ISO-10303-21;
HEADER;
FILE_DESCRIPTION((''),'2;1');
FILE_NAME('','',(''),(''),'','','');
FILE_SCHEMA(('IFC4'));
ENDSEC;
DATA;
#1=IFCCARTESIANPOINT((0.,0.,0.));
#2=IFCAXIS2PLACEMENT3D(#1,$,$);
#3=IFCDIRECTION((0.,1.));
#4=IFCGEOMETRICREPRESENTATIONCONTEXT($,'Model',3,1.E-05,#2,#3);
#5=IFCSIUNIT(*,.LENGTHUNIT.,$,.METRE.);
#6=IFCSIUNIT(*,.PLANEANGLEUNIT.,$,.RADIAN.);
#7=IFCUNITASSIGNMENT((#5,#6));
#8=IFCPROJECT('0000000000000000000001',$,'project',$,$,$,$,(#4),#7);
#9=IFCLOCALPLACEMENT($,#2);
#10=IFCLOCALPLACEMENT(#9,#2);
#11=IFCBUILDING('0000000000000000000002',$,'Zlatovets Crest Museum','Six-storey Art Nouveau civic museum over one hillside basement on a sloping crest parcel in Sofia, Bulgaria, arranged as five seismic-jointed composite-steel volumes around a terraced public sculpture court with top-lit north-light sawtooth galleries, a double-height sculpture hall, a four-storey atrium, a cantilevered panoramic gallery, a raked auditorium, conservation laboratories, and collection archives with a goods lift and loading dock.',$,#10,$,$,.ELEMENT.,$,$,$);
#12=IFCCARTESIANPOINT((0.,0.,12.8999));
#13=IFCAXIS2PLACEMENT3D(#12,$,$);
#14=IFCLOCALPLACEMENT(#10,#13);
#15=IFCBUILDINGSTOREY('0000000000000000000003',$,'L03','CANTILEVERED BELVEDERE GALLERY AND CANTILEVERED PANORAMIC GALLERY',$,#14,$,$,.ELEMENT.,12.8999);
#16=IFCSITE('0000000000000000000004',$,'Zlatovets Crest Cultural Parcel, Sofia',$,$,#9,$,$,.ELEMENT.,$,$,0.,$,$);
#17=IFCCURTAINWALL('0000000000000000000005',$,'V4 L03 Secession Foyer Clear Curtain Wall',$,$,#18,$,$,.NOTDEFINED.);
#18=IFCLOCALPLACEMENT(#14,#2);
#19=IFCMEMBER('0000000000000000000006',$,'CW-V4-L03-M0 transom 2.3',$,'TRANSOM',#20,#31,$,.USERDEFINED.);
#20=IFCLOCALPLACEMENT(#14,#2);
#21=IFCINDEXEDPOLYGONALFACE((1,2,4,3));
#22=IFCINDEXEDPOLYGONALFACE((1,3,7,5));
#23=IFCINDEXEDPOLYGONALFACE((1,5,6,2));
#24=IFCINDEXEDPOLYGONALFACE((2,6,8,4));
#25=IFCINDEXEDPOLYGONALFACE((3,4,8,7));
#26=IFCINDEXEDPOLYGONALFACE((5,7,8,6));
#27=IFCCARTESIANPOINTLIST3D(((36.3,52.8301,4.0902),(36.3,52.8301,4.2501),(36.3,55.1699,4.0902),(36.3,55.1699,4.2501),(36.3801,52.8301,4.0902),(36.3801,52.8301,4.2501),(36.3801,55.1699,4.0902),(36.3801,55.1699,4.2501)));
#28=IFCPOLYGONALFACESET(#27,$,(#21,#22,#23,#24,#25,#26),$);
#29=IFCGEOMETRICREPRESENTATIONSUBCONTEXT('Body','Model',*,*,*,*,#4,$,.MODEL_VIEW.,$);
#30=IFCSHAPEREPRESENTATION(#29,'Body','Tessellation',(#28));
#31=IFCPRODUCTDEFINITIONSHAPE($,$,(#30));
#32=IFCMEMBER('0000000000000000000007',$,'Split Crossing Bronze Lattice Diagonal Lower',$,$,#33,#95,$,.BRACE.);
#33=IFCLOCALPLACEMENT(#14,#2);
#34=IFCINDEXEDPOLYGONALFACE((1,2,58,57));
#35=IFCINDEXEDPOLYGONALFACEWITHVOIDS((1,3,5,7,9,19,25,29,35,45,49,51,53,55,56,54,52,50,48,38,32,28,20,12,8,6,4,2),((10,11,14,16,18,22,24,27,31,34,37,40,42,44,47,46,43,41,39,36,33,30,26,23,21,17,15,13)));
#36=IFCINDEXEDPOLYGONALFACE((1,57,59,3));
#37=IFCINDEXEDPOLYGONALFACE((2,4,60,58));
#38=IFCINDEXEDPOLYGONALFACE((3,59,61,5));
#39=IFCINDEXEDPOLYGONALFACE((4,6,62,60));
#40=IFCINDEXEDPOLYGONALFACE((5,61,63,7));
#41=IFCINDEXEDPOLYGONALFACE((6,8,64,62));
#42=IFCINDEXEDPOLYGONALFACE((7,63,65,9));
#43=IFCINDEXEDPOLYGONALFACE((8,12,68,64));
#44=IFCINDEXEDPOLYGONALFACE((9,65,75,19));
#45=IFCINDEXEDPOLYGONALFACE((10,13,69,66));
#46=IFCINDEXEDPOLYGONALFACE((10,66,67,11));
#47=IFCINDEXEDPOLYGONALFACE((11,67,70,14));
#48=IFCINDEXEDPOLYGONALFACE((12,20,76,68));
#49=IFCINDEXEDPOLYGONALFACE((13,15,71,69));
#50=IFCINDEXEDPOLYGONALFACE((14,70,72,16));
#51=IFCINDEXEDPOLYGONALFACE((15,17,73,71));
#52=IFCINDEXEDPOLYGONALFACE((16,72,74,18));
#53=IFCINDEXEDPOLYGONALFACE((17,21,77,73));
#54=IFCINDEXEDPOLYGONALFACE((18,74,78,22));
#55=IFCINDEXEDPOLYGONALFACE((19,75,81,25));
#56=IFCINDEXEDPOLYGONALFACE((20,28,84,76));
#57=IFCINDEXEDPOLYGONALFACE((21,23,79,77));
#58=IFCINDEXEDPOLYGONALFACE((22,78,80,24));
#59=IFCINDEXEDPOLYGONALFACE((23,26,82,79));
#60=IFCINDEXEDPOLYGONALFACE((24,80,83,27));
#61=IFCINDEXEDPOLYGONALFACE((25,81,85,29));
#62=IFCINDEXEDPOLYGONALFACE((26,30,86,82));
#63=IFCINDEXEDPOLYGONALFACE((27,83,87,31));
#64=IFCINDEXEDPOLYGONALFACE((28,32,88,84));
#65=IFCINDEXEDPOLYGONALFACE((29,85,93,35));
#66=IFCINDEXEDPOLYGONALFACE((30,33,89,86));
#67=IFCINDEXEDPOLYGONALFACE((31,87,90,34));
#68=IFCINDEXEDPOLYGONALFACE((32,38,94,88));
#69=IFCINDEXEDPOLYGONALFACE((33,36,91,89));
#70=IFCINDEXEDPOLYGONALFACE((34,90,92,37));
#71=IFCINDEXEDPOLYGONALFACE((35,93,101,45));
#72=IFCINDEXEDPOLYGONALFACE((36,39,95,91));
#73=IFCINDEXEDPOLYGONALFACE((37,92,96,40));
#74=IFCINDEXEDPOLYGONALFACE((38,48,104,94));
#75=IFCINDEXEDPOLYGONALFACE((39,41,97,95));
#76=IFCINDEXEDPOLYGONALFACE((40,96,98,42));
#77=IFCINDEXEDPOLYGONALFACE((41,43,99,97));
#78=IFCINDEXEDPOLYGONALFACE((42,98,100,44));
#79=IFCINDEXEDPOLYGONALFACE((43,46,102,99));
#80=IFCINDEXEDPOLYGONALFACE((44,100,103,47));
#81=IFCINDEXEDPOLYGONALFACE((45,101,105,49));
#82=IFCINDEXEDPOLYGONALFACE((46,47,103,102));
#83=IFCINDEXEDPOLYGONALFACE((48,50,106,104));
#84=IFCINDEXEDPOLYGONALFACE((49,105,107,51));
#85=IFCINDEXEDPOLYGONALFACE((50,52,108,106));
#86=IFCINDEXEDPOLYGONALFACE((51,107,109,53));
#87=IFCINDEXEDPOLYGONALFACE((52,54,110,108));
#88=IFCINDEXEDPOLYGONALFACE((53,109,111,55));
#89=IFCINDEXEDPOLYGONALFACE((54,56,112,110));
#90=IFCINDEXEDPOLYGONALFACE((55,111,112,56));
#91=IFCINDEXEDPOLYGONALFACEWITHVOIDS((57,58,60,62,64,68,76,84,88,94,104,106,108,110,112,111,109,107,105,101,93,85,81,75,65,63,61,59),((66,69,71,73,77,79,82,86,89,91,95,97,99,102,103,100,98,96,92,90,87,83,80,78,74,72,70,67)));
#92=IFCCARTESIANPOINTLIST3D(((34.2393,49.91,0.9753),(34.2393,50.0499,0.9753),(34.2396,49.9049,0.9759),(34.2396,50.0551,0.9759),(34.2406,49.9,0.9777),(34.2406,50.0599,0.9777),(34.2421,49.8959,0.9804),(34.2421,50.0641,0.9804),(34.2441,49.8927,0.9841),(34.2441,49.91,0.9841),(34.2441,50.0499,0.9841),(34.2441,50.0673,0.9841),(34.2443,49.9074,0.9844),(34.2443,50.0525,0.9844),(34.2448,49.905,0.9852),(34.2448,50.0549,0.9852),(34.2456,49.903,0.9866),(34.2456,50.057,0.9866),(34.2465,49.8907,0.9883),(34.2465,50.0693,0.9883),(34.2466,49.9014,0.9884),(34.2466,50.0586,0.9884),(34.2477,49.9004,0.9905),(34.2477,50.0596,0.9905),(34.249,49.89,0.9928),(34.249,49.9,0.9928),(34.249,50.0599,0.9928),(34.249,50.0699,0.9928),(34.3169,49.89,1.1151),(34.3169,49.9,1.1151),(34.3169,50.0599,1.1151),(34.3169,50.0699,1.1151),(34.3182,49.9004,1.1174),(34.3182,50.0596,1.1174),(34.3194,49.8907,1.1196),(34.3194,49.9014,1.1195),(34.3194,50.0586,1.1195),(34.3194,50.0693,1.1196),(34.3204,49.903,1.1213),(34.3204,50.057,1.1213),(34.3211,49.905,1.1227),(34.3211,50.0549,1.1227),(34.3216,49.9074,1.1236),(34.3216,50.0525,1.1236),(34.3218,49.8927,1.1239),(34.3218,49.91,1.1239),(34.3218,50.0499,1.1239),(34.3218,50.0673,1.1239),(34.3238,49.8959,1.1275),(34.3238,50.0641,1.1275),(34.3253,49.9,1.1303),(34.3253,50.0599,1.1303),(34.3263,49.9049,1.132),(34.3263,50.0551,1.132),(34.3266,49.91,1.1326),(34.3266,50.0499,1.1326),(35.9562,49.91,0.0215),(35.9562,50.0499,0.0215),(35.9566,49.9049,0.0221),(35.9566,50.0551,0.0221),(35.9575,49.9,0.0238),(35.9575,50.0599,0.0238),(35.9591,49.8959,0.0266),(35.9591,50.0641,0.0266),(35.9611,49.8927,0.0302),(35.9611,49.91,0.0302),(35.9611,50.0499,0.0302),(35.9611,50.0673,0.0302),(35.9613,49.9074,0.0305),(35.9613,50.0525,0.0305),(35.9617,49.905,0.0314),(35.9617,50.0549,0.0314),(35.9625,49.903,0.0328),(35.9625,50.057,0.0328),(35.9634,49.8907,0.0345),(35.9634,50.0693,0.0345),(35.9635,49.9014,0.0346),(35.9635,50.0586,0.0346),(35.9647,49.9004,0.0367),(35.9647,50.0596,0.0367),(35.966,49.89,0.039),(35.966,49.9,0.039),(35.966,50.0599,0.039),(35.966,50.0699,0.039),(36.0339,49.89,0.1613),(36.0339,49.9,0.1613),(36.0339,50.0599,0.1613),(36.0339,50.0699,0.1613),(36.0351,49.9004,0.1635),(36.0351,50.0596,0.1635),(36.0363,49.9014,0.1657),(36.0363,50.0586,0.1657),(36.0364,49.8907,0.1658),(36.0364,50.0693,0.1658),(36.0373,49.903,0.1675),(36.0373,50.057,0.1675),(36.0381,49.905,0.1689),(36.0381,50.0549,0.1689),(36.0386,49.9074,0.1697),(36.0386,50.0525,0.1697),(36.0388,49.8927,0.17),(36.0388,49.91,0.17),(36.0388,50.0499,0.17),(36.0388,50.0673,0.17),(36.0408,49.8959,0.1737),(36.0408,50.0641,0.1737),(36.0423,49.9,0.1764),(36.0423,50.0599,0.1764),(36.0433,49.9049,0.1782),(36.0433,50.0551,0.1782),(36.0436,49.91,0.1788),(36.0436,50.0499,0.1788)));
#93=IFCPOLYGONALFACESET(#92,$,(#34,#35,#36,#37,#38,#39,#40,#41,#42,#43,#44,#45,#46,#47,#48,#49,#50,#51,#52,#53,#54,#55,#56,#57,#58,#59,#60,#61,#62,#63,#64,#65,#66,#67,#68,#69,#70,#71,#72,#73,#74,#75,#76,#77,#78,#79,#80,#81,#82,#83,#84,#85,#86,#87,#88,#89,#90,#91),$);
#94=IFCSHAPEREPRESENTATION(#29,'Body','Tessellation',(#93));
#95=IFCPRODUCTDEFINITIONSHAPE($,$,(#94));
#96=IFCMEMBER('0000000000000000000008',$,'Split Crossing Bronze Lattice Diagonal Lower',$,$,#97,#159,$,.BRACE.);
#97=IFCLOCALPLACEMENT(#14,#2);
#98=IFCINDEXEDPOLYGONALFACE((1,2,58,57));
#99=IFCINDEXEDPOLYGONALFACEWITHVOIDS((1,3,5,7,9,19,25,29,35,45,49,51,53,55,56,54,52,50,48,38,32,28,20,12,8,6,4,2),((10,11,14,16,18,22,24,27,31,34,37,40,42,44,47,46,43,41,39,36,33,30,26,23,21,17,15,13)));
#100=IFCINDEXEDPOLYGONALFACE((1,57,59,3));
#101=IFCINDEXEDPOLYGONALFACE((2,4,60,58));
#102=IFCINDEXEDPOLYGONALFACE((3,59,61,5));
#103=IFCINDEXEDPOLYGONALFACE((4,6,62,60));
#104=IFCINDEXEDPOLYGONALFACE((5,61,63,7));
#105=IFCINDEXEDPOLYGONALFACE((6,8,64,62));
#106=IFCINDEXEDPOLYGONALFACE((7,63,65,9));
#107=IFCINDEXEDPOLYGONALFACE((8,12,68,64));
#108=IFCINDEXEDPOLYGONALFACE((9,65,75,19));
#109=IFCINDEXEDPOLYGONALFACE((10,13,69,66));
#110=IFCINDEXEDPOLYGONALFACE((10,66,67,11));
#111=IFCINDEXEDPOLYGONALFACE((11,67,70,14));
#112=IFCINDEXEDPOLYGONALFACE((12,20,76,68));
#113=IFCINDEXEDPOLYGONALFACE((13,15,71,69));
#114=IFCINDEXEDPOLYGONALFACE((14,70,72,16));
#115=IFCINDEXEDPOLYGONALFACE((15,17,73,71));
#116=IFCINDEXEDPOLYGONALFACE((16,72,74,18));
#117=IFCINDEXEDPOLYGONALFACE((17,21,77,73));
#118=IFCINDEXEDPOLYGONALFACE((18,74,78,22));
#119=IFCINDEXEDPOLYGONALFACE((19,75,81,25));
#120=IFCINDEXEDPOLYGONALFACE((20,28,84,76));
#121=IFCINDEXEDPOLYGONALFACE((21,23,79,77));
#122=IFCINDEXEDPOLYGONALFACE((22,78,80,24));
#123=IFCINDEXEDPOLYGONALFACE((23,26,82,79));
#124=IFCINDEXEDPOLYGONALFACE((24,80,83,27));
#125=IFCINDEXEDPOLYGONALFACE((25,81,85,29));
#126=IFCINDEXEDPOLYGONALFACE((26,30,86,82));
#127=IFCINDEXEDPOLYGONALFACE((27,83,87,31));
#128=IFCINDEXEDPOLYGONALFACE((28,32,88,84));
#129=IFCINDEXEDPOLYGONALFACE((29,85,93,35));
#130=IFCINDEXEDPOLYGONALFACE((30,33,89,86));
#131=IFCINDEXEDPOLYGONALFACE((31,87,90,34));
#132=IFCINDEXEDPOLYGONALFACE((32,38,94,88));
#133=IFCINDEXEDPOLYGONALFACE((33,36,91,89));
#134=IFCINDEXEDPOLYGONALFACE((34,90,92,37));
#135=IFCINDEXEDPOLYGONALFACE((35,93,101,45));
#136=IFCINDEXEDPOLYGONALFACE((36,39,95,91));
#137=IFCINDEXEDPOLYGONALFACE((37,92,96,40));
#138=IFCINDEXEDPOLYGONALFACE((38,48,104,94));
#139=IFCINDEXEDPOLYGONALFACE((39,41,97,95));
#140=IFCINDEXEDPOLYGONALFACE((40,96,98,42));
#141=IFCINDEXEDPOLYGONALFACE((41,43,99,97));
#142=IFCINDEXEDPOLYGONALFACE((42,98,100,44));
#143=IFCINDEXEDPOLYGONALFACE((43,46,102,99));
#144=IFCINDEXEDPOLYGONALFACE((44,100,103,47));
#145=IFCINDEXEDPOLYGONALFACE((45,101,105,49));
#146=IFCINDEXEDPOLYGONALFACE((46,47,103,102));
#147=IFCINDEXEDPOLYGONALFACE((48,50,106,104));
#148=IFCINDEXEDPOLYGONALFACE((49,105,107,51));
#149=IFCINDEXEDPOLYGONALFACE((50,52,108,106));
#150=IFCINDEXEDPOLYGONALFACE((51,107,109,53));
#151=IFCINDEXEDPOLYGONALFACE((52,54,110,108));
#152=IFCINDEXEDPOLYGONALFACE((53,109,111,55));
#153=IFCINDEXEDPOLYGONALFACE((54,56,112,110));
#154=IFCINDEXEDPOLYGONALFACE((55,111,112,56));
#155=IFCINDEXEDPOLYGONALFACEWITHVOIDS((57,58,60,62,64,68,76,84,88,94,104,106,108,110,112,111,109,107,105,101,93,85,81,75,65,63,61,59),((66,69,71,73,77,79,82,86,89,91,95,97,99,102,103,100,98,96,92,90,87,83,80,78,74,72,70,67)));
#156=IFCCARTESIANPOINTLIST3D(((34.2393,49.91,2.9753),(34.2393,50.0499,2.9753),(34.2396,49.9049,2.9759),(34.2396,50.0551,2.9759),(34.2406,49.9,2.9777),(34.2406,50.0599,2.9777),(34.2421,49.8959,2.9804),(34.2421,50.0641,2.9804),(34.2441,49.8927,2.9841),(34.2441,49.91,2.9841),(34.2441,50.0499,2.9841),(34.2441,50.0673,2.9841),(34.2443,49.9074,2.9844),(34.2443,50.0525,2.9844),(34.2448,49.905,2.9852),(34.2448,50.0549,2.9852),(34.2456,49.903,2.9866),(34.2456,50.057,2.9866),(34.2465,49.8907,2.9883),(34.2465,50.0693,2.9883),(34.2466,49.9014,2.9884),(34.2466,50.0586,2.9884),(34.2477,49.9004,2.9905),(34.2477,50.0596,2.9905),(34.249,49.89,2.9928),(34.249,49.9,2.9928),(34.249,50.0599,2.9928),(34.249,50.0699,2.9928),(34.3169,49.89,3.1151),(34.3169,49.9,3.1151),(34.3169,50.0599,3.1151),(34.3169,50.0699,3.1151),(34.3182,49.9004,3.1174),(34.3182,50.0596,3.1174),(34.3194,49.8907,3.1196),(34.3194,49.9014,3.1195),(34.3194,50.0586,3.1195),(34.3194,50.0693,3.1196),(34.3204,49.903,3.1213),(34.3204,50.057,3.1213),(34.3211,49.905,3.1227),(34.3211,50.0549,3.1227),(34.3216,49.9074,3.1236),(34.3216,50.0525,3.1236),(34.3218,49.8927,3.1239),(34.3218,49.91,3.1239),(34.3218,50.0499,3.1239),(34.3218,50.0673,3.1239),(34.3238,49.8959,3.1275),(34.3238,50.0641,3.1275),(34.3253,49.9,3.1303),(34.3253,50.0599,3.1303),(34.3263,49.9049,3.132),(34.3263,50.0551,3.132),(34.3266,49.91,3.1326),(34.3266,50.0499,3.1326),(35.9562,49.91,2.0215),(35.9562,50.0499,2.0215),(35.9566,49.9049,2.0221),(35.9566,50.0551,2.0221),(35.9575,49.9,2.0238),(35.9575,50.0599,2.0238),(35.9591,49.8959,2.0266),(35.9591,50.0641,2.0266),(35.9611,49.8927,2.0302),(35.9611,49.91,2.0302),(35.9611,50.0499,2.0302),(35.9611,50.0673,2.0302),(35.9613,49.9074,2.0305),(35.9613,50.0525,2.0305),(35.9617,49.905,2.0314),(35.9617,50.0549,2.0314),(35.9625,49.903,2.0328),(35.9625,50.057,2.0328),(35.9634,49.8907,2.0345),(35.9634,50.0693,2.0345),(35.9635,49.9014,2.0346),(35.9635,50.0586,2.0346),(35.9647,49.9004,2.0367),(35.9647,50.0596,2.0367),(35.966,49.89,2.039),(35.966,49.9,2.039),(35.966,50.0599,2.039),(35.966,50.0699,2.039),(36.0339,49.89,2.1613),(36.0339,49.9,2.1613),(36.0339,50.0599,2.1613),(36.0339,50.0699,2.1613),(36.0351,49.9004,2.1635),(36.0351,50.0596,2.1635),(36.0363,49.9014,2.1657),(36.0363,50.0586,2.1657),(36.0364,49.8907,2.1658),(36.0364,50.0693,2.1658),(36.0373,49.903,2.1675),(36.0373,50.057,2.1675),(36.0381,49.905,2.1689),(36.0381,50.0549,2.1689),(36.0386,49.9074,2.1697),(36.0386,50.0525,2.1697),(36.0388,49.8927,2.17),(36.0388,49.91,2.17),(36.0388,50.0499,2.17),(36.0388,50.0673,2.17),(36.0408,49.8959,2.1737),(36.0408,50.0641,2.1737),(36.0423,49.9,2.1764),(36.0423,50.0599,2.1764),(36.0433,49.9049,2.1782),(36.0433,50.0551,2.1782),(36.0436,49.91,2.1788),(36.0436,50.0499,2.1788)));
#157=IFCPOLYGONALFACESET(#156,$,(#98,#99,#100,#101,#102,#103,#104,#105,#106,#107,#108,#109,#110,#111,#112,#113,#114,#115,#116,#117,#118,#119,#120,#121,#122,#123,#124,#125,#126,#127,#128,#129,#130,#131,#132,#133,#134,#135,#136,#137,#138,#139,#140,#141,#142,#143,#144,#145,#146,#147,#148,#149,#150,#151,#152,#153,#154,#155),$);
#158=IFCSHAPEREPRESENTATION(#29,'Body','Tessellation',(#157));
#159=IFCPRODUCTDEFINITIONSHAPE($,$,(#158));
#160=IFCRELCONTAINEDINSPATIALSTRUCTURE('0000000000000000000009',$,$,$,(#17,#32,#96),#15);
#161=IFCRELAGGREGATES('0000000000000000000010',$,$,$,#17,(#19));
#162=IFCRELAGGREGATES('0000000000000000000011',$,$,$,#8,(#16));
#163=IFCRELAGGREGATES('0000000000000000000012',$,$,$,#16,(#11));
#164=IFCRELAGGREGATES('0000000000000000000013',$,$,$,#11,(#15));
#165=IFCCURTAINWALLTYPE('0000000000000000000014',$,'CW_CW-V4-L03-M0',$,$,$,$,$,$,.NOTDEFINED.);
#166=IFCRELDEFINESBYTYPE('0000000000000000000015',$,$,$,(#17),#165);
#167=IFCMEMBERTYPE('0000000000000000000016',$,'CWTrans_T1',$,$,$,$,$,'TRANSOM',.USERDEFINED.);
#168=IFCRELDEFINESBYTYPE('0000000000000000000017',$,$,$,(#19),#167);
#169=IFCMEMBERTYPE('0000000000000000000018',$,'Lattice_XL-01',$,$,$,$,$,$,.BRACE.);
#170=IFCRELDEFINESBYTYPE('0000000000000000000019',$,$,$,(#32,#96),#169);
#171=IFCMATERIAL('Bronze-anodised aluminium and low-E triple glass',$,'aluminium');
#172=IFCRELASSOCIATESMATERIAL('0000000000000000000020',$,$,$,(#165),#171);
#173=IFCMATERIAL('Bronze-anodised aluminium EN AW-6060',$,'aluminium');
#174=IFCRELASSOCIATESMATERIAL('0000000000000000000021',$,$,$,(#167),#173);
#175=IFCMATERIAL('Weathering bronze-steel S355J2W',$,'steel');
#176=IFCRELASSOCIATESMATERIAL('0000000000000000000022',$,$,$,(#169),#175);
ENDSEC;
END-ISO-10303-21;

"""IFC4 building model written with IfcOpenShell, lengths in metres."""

from ifc_helpers import new_model, si_unit, direction, frame, origin, origin_2d, place, context, subcontext, project, spatial, rectangle, hollow_rectangle, extrude, material, material_profile, profile_set, type_object, element, aggregate, save


model = new_model("IFC4")

# Units and contexts
model_context = context("Model", 3, precision=1e-05, world=origin(), true_north=direction((0.0, 1.0)))
body_context = subcontext(model_context, "Body", "Model", "MODEL_VIEW")
ifc_project = project(units=[si_unit("LENGTHUNIT", "METRE"), si_unit("PLANEANGLEUNIT", "RADIAN")], contexts=[model_context])

# Site, building, storey
site_placement = place(None, origin())
site = spatial("IfcSite", under=ifc_project, at=site_placement, Name="Zlatovets Crest Cultural Parcel, Sofia", CompositionType="ELEMENT", RefElevation=0.0)
building_placement = place(site_placement, origin())
building = spatial("IfcBuilding", under=site, at=building_placement, Name="Zlatovets Crest Museum", Description="Six-storey Art Nouveau civic museum over one hillside basement on a sloping crest parcel in Sofia, Bulgaria, arranged as five seismic-jointed composite-steel volumes around a terraced public sculpture court with top-lit north-light sawtooth galleries, a double-height sculpture hall, a four-storey atrium, a cantilevered panoramic gallery, a raked auditorium, conservation laboratories, and collection archives with a goods lift and loading dock.", CompositionType="ELEMENT")
storey_placement = place(building_placement, frame((0.0, 0.0, 12.8999)))
storey = spatial("IfcBuildingStorey", under=building, at=storey_placement, Name="L03", Description="CANTILEVERED BELVEDERE GALLERY AND CANTILEVERED PANORAMIC GALLERY", CompositionType="ELEMENT", Elevation=12.8999)

# Curtain wall, member
ifc_material_1 = material(Name="Bronze-anodised aluminium and low-E triple glass", Category="aluminium")
curtain_wall_type = type_object("IfcCurtainWallType", Name="CW_CW-V4-L03-M0", PredefinedType="NOTDEFINED", material=ifc_material_1)
curtain_wall_placement = place(storey_placement, origin())
curtain_wall = element("IfcCurtainWall", 1, at=curtain_wall_placement, inside=storey, type_object=curtain_wall_type, Name="V4 L03 Secession Foyer Clear Curtain Wall", PredefinedType="NOTDEFINED")
ifc_material_2 = material(Name="Bronze-anodised aluminium EN AW-6060", Category="aluminium")
ifc_material_profile_1 = material_profile(ifc_material_2, rectangle(XDim=0.0801, YDim=0.1599, at=origin_2d()), Name="ALU 80x160")
ifc_profile_set_1 = profile_set([ifc_material_profile_1], Name="Bronze-anodised aluminium EN AW-6060")
member_type_1 = type_object("IfcMemberType", Name="CWTrans_T1", ElementType="TRANSOM", PredefinedType="USERDEFINED", material=ifc_profile_set_1)
member_1_placement = place(storey_placement, frame((36.3401, 52.8301, 4.1702), z_axis=(0.0, 1.0, 0.0), x_axis=(-1.0, 0.0, 0.0)))
member_1 = element("IfcMember", 2, at=member_1_placement, type_object=member_type_1, Name="CW-V4-L03-M0 transom 2.3", ObjectType="TRANSOM", PredefinedType="USERDEFINED", context=body_context, shape_type="SweptSolid", body=[
    extrude(rectangle(XDim=0.0801, YDim=0.1599, at=origin_2d()), origin(), (0.0, 0.0, 1.0), 2.3398),
])

# Members
ifc_material_3 = material(Name="Weathering bronze-steel S355J2W", Category="steel")
ifc_material_profile_2 = material_profile(ifc_material_3, hollow_rectangle(XDim=0.1799, YDim=0.1799, WallThickness=0.01, InnerFilletRadius=0.01, OuterFilletRadius=0.02, at=origin_2d()), Name="SHS 180x180x10.0")
ifc_profile_set_2 = profile_set([ifc_material_profile_2], Name="Weathering bronze-steel S355J2W")
member_type_2 = type_object("IfcMemberType", Name="Lattice_XL-01", PredefinedType="BRACE", material=ifc_profile_set_2)
for number, where, z_axis, x_axis, name in (
    (3, (34.283, 49.98, 1.054), (0.874169, 0.0, -0.485622), (0.0, 1.0, 0.0), "Split Crossing Bronze Lattice Diagonal Lower"),
    (4, (34.283, 49.98, 3.054), (0.874169, 0.0, -0.485622), (0.0, 1.0, 0.0), "Split Crossing Bronze Lattice Diagonal Lower"),
):
    element("IfcMember", number, at=place(storey_placement, frame(where, z_axis=z_axis, x_axis=x_axis)), inside=storey, type_object=member_type_2, Name=name, PredefinedType="BRACE", context=body_context, shape_type="SweptSolid", body=[
        extrude(hollow_rectangle(XDim=0.1799, YDim=0.1799, WallThickness=0.01, InnerFilletRadius=0.01, OuterFilletRadius=0.02, at=origin_2d()), origin(), (0.0, 0.0, 1.0), 1.9641),
    ])

aggregate(curtain_wall, [member_1])

save(model, "model.ifc")
